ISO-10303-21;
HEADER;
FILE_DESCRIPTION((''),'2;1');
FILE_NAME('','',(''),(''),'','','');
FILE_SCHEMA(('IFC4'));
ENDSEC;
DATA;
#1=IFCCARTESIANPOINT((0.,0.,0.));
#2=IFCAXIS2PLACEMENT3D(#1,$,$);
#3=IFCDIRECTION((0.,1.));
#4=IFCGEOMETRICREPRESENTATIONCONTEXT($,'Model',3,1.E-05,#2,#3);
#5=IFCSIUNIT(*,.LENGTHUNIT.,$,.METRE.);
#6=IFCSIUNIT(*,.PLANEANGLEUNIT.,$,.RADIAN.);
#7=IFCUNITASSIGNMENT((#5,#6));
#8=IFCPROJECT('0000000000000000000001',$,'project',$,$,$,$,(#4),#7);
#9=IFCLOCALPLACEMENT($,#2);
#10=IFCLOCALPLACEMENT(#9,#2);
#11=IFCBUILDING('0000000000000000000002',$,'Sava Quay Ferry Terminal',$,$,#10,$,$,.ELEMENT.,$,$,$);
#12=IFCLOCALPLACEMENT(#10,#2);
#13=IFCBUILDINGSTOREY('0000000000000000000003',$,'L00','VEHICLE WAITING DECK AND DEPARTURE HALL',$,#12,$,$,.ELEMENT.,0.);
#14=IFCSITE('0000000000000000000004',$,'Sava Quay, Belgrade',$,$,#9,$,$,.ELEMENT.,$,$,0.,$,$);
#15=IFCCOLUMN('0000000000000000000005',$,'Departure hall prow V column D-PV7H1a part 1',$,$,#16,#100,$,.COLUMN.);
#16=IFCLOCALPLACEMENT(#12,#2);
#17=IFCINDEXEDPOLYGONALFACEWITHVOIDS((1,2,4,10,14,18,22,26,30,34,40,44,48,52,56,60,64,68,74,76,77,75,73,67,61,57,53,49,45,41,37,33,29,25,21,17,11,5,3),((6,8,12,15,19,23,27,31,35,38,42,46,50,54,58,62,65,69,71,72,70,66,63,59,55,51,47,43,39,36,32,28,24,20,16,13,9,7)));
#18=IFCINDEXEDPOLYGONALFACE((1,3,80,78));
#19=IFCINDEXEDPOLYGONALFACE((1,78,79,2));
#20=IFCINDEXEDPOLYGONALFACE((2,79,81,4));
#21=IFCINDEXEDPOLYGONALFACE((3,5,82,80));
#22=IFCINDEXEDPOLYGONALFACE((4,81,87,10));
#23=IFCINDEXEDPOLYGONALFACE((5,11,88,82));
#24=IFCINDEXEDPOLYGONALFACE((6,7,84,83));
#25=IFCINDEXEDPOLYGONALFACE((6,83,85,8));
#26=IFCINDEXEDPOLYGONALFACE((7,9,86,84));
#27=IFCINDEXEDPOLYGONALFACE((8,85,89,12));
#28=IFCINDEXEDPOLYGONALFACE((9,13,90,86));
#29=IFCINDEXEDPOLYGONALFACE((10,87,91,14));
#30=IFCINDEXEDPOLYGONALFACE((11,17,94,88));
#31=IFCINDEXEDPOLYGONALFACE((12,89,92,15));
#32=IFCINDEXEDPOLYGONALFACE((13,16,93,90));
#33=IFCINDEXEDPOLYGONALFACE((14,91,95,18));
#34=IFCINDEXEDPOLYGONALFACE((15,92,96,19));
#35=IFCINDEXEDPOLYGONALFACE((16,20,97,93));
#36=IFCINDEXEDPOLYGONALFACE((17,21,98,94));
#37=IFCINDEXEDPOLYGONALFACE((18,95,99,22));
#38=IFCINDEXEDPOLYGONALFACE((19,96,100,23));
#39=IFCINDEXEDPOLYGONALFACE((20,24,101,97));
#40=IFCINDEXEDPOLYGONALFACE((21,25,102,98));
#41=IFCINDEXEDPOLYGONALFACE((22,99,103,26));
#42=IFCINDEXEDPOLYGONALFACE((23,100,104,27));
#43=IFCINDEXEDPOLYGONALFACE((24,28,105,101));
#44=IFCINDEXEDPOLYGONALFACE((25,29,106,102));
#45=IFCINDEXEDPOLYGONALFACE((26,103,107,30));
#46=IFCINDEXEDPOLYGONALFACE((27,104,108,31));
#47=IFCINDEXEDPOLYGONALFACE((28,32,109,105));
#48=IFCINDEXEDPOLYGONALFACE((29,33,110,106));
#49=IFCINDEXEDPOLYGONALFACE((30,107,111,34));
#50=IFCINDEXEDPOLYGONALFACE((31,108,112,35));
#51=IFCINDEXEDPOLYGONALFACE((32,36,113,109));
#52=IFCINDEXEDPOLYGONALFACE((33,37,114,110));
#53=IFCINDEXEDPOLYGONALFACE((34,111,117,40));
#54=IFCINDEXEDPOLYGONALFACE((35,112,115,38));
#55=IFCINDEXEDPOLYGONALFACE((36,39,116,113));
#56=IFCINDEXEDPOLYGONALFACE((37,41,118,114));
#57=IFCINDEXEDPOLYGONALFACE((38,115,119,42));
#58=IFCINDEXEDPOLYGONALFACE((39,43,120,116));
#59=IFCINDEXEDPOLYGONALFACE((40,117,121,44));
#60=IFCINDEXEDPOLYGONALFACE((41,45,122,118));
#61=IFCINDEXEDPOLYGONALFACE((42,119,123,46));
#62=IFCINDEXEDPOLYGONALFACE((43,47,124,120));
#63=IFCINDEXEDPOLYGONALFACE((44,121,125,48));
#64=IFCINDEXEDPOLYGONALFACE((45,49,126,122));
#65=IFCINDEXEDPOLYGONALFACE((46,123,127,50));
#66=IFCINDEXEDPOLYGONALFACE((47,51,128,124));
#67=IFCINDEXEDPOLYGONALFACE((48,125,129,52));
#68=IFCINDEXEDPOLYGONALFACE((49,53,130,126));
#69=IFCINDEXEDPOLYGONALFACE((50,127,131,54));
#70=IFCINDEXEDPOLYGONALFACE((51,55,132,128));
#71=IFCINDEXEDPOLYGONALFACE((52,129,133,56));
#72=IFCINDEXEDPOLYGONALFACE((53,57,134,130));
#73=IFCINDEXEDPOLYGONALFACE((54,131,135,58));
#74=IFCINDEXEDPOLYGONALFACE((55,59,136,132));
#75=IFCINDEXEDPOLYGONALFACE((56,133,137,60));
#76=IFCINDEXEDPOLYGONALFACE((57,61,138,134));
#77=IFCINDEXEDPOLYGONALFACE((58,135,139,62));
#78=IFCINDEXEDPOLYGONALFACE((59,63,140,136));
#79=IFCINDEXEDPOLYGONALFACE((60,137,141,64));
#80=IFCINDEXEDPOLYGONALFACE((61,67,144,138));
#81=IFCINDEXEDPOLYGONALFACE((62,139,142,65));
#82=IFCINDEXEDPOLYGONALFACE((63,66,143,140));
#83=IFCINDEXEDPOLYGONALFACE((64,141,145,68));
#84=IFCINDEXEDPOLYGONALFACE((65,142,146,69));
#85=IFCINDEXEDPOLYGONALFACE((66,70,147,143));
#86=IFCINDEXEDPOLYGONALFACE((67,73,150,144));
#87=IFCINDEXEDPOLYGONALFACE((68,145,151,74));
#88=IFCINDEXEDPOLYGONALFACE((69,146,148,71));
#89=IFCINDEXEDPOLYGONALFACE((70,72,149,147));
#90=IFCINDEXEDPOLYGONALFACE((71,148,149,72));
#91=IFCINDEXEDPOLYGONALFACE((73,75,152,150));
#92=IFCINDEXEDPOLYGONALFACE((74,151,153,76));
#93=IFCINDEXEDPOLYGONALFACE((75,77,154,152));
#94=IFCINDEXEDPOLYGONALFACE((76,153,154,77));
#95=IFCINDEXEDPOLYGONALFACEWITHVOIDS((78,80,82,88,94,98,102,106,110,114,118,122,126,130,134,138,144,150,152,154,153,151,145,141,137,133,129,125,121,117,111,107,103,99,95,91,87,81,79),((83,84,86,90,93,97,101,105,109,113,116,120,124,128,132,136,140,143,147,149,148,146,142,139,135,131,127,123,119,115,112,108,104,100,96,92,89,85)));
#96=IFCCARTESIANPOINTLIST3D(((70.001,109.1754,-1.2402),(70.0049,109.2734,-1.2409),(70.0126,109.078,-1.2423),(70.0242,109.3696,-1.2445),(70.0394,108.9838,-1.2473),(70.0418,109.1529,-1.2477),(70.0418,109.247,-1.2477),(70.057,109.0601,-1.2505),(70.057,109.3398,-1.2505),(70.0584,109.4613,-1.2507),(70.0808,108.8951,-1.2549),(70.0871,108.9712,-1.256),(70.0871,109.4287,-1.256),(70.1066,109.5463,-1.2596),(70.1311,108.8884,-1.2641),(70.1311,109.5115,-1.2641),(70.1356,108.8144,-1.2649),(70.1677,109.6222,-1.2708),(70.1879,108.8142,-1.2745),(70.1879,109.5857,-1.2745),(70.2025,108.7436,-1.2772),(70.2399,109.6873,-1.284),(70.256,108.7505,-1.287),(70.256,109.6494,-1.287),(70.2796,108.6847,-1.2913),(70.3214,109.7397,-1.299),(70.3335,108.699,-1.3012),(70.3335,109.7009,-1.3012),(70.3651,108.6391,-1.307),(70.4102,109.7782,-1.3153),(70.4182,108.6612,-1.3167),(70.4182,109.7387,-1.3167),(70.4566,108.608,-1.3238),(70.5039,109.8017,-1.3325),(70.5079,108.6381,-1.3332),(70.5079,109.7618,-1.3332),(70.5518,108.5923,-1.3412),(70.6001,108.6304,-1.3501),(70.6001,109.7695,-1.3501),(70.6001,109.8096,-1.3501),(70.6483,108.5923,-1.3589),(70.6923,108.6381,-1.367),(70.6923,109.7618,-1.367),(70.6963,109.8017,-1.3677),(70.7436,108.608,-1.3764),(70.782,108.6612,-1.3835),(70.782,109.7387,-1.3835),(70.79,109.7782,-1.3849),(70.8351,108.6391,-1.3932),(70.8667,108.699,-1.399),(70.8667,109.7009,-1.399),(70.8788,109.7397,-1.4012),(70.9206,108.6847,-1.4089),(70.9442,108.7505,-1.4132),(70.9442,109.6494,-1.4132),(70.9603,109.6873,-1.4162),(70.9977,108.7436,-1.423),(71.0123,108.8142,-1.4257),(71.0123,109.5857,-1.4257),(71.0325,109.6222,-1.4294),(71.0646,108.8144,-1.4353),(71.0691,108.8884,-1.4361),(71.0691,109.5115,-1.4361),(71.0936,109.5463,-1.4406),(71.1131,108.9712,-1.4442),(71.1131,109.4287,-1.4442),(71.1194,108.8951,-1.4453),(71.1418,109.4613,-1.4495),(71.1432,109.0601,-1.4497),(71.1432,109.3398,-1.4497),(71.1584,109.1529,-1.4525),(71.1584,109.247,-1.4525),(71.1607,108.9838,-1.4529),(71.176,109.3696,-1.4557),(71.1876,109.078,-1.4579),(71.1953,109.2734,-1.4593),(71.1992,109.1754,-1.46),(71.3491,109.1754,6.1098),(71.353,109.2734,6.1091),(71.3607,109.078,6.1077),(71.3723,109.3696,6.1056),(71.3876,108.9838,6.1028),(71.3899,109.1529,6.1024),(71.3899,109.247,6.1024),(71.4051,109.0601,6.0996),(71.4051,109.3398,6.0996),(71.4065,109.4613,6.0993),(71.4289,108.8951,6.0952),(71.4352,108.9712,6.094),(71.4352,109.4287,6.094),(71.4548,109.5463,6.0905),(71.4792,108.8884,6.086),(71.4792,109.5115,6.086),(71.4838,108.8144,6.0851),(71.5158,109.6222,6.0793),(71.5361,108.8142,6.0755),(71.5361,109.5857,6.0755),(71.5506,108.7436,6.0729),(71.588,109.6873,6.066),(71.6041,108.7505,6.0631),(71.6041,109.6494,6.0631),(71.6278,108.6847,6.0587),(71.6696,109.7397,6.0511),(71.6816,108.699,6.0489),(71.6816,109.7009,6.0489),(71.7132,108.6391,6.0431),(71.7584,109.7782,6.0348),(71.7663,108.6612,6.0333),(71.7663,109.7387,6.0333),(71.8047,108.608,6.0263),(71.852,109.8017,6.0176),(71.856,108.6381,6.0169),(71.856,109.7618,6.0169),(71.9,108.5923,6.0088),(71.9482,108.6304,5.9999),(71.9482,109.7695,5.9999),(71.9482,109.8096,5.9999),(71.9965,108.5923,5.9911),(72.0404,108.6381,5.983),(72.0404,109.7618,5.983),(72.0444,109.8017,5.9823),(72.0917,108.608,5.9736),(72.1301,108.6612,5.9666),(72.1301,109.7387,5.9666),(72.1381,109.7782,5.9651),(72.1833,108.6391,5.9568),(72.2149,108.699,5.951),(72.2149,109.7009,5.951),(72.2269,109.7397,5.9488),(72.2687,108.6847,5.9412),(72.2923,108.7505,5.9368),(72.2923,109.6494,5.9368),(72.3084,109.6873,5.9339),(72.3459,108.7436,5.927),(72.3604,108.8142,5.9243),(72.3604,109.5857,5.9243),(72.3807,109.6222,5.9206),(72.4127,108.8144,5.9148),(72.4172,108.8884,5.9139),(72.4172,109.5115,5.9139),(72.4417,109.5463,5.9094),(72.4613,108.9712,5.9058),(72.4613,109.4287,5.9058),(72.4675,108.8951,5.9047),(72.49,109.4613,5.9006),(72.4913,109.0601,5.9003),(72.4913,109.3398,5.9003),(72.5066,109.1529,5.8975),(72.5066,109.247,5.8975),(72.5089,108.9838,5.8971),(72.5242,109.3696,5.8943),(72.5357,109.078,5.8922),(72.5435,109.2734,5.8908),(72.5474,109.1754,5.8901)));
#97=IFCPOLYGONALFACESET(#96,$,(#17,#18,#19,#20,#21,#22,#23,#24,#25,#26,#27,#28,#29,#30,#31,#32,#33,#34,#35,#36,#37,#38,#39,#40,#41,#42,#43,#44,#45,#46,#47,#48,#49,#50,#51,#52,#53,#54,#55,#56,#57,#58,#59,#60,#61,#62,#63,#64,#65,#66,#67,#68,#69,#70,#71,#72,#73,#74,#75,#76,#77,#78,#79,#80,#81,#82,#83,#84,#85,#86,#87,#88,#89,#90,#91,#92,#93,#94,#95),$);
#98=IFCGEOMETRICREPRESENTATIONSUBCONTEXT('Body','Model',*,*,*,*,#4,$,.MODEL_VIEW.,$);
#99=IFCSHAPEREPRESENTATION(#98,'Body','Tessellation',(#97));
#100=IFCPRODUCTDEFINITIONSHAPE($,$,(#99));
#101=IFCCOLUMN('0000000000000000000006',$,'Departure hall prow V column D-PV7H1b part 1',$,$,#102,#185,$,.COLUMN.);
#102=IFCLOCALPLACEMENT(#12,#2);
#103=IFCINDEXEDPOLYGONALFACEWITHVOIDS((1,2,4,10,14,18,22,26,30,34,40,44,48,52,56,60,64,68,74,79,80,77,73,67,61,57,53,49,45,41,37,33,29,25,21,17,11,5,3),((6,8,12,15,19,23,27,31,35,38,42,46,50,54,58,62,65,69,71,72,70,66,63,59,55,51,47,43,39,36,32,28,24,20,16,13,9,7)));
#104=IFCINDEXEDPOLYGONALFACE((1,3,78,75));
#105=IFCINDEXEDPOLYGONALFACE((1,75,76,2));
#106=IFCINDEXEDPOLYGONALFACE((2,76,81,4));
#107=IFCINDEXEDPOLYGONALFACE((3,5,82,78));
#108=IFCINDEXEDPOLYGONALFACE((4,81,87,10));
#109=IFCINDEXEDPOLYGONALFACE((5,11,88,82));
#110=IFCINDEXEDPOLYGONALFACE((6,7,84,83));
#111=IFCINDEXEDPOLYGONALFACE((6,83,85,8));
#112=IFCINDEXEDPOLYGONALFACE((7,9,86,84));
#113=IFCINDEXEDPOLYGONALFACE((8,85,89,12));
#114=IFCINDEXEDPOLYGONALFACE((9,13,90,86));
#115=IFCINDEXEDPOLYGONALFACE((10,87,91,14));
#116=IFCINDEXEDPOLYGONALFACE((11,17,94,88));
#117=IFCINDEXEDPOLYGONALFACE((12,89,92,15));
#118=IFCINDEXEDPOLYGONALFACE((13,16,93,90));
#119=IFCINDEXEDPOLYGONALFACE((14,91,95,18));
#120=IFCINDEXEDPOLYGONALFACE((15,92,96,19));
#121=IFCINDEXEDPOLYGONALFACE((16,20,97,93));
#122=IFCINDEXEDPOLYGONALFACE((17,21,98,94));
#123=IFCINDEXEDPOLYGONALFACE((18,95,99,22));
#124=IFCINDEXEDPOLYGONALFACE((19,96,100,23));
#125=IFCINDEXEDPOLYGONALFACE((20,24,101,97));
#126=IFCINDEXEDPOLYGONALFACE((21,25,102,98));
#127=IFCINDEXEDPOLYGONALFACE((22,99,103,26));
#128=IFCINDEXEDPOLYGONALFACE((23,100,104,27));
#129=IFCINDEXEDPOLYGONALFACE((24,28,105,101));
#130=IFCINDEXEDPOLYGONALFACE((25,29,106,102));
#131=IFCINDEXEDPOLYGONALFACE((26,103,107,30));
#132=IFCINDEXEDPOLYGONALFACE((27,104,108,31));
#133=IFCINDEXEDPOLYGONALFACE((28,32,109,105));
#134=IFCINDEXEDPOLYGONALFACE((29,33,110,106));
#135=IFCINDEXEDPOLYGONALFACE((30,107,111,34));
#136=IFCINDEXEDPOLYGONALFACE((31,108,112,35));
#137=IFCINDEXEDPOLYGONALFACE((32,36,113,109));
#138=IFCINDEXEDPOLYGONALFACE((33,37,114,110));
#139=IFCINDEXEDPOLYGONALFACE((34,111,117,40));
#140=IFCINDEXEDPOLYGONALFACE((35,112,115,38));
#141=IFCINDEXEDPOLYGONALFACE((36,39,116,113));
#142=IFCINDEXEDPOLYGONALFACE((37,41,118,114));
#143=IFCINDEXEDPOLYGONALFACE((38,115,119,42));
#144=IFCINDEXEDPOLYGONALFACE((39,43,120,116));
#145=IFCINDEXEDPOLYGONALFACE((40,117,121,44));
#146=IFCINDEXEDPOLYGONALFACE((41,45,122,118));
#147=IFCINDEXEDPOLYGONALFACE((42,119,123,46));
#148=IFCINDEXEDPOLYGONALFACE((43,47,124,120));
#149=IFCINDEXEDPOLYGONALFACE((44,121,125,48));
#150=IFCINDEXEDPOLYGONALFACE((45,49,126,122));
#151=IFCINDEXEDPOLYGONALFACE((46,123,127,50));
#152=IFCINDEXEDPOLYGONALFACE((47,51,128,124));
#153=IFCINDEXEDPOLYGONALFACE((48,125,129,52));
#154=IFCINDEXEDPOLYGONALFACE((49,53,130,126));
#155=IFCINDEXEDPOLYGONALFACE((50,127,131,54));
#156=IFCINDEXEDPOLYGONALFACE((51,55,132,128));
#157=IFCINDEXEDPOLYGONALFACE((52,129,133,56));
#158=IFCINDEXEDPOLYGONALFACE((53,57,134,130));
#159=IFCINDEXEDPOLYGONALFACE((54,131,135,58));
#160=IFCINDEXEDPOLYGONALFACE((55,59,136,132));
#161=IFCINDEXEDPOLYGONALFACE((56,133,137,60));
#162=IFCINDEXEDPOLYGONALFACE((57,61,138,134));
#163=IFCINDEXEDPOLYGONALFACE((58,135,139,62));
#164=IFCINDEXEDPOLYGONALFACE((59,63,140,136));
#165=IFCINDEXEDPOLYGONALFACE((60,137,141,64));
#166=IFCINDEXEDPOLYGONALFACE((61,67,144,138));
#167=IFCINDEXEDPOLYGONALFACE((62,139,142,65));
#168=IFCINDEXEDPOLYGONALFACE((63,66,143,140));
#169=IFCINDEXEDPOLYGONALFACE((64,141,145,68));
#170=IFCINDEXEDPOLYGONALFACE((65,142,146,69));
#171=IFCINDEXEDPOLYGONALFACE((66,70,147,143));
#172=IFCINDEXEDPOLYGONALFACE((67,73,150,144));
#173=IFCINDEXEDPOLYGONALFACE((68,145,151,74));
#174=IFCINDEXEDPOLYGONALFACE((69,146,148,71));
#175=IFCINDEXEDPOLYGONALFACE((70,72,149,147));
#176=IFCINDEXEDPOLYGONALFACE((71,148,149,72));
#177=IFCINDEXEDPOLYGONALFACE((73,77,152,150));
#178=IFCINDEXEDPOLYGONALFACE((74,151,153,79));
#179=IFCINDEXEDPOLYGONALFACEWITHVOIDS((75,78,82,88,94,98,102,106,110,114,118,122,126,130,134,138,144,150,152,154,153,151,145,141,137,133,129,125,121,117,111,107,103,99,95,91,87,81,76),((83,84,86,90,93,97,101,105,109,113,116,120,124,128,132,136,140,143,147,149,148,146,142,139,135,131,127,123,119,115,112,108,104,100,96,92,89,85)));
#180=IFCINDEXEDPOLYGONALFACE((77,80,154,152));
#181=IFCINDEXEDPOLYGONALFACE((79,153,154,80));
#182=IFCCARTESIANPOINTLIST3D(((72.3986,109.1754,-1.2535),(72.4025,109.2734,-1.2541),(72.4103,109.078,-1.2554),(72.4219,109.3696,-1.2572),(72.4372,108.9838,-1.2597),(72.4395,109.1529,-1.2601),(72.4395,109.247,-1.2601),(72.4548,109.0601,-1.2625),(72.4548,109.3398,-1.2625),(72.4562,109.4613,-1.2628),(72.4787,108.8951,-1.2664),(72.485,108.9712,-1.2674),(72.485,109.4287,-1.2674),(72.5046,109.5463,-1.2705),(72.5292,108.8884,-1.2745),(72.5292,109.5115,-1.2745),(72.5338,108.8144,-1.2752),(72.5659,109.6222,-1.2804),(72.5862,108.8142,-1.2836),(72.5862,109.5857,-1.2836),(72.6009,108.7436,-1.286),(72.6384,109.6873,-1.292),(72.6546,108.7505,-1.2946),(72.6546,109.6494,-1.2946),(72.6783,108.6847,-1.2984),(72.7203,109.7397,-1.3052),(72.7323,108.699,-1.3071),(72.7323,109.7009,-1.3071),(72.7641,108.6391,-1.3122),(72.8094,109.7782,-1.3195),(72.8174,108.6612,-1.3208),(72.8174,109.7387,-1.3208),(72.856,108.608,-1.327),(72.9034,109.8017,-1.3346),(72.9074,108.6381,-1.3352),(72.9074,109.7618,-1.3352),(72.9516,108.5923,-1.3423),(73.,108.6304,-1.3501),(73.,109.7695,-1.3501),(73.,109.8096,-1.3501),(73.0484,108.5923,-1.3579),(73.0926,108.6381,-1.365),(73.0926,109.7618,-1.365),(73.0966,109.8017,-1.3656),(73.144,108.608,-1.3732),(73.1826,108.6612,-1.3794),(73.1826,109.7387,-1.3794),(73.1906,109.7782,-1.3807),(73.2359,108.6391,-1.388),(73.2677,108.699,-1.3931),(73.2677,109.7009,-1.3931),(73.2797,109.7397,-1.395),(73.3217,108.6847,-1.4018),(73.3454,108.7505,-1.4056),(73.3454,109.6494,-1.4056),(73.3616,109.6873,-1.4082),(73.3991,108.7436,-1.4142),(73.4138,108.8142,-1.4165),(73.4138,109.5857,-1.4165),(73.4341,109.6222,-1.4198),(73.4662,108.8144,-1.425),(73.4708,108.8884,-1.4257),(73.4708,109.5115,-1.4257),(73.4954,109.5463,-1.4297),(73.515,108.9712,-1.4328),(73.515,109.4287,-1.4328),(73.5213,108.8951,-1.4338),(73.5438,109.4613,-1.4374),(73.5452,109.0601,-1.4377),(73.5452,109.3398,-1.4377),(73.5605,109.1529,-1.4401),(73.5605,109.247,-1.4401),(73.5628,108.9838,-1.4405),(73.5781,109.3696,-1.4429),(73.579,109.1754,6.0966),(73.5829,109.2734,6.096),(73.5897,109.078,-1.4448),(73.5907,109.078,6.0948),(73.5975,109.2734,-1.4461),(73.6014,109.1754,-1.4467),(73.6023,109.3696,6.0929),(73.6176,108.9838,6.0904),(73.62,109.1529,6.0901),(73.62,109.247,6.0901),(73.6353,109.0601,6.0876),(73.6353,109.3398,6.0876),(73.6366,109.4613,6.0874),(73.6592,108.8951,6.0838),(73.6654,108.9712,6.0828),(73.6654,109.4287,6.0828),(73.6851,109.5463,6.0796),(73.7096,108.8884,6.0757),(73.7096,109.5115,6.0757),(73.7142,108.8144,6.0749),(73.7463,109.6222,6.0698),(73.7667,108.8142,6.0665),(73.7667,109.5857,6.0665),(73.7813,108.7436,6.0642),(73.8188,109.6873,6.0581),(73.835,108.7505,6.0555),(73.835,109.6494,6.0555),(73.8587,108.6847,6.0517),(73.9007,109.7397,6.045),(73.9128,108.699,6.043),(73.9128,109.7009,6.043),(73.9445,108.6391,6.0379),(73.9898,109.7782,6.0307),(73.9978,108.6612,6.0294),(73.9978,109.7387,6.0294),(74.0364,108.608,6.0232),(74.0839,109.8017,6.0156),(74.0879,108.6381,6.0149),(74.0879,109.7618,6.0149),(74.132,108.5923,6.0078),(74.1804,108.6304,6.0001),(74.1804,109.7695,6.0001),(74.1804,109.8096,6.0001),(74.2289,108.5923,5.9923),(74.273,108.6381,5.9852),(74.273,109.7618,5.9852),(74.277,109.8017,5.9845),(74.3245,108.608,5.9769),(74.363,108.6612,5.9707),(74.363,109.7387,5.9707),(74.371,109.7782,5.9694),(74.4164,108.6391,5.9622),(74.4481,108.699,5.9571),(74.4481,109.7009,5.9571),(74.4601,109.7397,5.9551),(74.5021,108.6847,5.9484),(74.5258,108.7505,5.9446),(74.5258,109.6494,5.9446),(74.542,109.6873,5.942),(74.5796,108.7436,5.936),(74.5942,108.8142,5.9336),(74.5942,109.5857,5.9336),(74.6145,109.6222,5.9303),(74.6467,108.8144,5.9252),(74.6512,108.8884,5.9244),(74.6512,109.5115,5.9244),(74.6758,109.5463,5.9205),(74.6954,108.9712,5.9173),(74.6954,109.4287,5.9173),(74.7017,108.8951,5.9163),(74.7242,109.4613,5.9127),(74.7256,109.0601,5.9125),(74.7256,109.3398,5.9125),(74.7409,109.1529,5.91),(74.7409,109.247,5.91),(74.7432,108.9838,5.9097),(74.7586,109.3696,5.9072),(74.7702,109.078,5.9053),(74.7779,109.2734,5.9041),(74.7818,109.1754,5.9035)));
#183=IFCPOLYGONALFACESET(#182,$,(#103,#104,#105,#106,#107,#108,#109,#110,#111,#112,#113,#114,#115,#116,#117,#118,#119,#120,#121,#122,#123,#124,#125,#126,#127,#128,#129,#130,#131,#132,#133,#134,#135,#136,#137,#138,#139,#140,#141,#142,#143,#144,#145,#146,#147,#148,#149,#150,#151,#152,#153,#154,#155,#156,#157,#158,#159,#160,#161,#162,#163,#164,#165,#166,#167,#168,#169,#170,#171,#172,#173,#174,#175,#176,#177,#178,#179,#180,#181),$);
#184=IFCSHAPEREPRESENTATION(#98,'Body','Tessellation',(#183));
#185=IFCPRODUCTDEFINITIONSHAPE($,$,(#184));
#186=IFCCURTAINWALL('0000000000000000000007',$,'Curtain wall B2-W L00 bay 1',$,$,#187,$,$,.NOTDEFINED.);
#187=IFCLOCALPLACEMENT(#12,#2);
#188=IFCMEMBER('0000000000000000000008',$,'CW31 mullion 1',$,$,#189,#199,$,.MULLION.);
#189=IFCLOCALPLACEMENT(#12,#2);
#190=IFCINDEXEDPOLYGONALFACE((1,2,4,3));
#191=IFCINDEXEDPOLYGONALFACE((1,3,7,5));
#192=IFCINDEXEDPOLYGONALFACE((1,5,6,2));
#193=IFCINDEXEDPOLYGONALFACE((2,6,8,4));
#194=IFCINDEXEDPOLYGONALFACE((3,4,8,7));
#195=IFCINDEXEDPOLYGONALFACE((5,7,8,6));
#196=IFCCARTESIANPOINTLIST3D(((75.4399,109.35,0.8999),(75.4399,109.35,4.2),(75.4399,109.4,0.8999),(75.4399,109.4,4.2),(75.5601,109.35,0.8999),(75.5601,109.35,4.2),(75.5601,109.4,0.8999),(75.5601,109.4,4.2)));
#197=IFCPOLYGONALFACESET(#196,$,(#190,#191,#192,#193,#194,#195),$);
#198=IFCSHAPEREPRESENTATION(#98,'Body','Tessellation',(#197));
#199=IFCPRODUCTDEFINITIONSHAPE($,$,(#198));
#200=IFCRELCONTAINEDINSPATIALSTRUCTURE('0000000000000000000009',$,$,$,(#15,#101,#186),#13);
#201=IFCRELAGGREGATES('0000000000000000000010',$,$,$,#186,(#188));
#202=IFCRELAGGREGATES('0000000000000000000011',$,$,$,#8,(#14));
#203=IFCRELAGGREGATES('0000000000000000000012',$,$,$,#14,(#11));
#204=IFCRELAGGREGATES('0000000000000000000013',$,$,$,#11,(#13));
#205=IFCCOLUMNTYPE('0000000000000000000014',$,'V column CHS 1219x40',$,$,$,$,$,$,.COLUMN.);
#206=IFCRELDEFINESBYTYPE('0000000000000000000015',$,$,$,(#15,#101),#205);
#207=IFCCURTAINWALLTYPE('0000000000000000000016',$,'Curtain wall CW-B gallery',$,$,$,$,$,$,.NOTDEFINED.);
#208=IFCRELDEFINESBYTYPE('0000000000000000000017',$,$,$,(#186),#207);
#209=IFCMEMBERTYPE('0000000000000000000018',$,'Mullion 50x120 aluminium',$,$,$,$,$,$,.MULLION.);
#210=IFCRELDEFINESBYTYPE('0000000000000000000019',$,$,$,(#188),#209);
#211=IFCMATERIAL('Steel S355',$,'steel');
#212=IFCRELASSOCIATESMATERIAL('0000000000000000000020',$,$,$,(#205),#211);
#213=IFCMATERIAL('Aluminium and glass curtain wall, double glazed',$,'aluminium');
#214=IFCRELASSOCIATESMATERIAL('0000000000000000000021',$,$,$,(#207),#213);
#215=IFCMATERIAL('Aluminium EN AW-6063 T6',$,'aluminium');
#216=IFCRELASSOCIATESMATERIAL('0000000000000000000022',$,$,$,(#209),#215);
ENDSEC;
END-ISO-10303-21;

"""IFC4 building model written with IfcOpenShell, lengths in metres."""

from ifc_helpers import new_model, si_unit, direction, frame, origin, origin_2d, place, context, subcontext, project, spatial, rectangle, hollow_circle, extrude, material, material_profile, profile_set, type_object, element, aggregate, save


model = new_model("IFC4")

# Units and contexts
model_context = context("Model", 3, precision=1e-05, world=origin(), true_north=direction((0.0, 1.0)))
body_context = subcontext(model_context, "Body", "Model", "MODEL_VIEW")
ifc_project = project(units=[si_unit("LENGTHUNIT", "METRE"), si_unit("PLANEANGLEUNIT", "RADIAN")], contexts=[model_context])

# Site, building, storey
site_placement = place(None, origin())
site = spatial("IfcSite", under=ifc_project, at=site_placement, Name="Sava Quay, Belgrade", CompositionType="ELEMENT", RefElevation=0.0)
building_placement = place(site_placement, origin())
building = spatial("IfcBuilding", under=site, at=building_placement, Name="Sava Quay Ferry Terminal", CompositionType="ELEMENT")
storey_placement = place(building_placement, origin())
storey = spatial("IfcBuildingStorey", under=building, at=storey_placement, Name="L00", Description="VEHICLE WAITING DECK AND DEPARTURE HALL", CompositionType="ELEMENT", Elevation=0.0)

# Columns
ifc_material_1 = material(Name="Steel S355", Category="steel")
ifc_material_profile_1 = material_profile(ifc_material_1, hollow_circle(Radius=0.6096, WallThickness=0.04, at=origin_2d()), Name="CHS 1219 x 40.0")
ifc_profile_set_1 = profile_set([ifc_material_profile_1], Name="Steel S355")
column_type = type_object("IfcColumnType", Name="V column CHS 1219x40", PredefinedType="COLUMN", material=ifc_profile_set_1)
column_1_placement = place(storey_placement, frame((70.6001, 109.2, -1.3501), z_axis=(0.180409, 0.0, 0.983592), x_axis=(0.0, 1.0, 0.0)))
element("IfcColumn", 1, at=column_1_placement, inside=storey, type_object=column_type, Name="Departure hall prow V column D-PV7H1a part 1", PredefinedType="COLUMN", context=body_context, shape_type="SweptSolid", body=[
    extrude(hollow_circle(Radius=0.6096, WallThickness=0.04, at=origin_2d()), origin(), (0.0, 0.0, 1.0), 7.4727),
])
column_2_placement = place(storey_placement, frame((73.0, 109.2, -1.3501), z_axis=(0.158567, 0.0, 0.987348), x_axis=(0.0, 1.0, 0.0)))
element("IfcColumn", 2, at=column_2_placement, inside=storey, type_object=column_type, Name="Departure hall prow V column D-PV7H1b part 1", PredefinedType="COLUMN", context=body_context, shape_type="SweptSolid", body=[
    extrude(hollow_circle(Radius=0.6096, WallThickness=0.04, at=origin_2d()), origin(), (0.0, 0.0, 1.0), 7.4443),
])

# Curtain wall, member
ifc_material_2 = material(Name="Aluminium and glass curtain wall, double glazed", Category="aluminium")
curtain_wall_type = type_object("IfcCurtainWallType", Name="Curtain wall CW-B gallery", PredefinedType="NOTDEFINED", material=ifc_material_2)
curtain_wall_placement = place(storey_placement, origin())
curtain_wall = element("IfcCurtainWall", 3, at=curtain_wall_placement, inside=storey, type_object=curtain_wall_type, Name="Curtain wall B2-W L00 bay 1", PredefinedType="NOTDEFINED")
ifc_material_3 = material(Name="Aluminium EN AW-6063 T6", Category="aluminium")
ifc_material_profile_2 = material_profile(ifc_material_3, rectangle(XDim=0.1201, YDim=0.05, at=origin_2d()), Name="Mullion 50x120 aluminium")
ifc_profile_set_2 = profile_set([ifc_material_profile_2], Name="Aluminium EN AW-6063 T6")
member_type_1 = type_object("IfcMemberType", Name="Mullion 50x120 aluminium", PredefinedType="MULLION", material=ifc_profile_set_2)
member_1_placement = place(storey_placement, frame((75.5, 109.375, 0.8999), z_axis=(0.0, 0.0, 1.0), x_axis=(-1.0, 0.0, 0.0)))
member_1 = element("IfcMember", 4, at=member_1_placement, type_object=member_type_1, Name="CW31 mullion 1", PredefinedType="MULLION", context=body_context, shape_type="SweptSolid", body=[
    extrude(rectangle(XDim=0.1201, YDim=0.05, at=origin_2d()), origin(), (0.0, 0.0, 1.0), 3.3),
])
aggregate(curtain_wall, [member_1])

save(model, "model.ifc")
